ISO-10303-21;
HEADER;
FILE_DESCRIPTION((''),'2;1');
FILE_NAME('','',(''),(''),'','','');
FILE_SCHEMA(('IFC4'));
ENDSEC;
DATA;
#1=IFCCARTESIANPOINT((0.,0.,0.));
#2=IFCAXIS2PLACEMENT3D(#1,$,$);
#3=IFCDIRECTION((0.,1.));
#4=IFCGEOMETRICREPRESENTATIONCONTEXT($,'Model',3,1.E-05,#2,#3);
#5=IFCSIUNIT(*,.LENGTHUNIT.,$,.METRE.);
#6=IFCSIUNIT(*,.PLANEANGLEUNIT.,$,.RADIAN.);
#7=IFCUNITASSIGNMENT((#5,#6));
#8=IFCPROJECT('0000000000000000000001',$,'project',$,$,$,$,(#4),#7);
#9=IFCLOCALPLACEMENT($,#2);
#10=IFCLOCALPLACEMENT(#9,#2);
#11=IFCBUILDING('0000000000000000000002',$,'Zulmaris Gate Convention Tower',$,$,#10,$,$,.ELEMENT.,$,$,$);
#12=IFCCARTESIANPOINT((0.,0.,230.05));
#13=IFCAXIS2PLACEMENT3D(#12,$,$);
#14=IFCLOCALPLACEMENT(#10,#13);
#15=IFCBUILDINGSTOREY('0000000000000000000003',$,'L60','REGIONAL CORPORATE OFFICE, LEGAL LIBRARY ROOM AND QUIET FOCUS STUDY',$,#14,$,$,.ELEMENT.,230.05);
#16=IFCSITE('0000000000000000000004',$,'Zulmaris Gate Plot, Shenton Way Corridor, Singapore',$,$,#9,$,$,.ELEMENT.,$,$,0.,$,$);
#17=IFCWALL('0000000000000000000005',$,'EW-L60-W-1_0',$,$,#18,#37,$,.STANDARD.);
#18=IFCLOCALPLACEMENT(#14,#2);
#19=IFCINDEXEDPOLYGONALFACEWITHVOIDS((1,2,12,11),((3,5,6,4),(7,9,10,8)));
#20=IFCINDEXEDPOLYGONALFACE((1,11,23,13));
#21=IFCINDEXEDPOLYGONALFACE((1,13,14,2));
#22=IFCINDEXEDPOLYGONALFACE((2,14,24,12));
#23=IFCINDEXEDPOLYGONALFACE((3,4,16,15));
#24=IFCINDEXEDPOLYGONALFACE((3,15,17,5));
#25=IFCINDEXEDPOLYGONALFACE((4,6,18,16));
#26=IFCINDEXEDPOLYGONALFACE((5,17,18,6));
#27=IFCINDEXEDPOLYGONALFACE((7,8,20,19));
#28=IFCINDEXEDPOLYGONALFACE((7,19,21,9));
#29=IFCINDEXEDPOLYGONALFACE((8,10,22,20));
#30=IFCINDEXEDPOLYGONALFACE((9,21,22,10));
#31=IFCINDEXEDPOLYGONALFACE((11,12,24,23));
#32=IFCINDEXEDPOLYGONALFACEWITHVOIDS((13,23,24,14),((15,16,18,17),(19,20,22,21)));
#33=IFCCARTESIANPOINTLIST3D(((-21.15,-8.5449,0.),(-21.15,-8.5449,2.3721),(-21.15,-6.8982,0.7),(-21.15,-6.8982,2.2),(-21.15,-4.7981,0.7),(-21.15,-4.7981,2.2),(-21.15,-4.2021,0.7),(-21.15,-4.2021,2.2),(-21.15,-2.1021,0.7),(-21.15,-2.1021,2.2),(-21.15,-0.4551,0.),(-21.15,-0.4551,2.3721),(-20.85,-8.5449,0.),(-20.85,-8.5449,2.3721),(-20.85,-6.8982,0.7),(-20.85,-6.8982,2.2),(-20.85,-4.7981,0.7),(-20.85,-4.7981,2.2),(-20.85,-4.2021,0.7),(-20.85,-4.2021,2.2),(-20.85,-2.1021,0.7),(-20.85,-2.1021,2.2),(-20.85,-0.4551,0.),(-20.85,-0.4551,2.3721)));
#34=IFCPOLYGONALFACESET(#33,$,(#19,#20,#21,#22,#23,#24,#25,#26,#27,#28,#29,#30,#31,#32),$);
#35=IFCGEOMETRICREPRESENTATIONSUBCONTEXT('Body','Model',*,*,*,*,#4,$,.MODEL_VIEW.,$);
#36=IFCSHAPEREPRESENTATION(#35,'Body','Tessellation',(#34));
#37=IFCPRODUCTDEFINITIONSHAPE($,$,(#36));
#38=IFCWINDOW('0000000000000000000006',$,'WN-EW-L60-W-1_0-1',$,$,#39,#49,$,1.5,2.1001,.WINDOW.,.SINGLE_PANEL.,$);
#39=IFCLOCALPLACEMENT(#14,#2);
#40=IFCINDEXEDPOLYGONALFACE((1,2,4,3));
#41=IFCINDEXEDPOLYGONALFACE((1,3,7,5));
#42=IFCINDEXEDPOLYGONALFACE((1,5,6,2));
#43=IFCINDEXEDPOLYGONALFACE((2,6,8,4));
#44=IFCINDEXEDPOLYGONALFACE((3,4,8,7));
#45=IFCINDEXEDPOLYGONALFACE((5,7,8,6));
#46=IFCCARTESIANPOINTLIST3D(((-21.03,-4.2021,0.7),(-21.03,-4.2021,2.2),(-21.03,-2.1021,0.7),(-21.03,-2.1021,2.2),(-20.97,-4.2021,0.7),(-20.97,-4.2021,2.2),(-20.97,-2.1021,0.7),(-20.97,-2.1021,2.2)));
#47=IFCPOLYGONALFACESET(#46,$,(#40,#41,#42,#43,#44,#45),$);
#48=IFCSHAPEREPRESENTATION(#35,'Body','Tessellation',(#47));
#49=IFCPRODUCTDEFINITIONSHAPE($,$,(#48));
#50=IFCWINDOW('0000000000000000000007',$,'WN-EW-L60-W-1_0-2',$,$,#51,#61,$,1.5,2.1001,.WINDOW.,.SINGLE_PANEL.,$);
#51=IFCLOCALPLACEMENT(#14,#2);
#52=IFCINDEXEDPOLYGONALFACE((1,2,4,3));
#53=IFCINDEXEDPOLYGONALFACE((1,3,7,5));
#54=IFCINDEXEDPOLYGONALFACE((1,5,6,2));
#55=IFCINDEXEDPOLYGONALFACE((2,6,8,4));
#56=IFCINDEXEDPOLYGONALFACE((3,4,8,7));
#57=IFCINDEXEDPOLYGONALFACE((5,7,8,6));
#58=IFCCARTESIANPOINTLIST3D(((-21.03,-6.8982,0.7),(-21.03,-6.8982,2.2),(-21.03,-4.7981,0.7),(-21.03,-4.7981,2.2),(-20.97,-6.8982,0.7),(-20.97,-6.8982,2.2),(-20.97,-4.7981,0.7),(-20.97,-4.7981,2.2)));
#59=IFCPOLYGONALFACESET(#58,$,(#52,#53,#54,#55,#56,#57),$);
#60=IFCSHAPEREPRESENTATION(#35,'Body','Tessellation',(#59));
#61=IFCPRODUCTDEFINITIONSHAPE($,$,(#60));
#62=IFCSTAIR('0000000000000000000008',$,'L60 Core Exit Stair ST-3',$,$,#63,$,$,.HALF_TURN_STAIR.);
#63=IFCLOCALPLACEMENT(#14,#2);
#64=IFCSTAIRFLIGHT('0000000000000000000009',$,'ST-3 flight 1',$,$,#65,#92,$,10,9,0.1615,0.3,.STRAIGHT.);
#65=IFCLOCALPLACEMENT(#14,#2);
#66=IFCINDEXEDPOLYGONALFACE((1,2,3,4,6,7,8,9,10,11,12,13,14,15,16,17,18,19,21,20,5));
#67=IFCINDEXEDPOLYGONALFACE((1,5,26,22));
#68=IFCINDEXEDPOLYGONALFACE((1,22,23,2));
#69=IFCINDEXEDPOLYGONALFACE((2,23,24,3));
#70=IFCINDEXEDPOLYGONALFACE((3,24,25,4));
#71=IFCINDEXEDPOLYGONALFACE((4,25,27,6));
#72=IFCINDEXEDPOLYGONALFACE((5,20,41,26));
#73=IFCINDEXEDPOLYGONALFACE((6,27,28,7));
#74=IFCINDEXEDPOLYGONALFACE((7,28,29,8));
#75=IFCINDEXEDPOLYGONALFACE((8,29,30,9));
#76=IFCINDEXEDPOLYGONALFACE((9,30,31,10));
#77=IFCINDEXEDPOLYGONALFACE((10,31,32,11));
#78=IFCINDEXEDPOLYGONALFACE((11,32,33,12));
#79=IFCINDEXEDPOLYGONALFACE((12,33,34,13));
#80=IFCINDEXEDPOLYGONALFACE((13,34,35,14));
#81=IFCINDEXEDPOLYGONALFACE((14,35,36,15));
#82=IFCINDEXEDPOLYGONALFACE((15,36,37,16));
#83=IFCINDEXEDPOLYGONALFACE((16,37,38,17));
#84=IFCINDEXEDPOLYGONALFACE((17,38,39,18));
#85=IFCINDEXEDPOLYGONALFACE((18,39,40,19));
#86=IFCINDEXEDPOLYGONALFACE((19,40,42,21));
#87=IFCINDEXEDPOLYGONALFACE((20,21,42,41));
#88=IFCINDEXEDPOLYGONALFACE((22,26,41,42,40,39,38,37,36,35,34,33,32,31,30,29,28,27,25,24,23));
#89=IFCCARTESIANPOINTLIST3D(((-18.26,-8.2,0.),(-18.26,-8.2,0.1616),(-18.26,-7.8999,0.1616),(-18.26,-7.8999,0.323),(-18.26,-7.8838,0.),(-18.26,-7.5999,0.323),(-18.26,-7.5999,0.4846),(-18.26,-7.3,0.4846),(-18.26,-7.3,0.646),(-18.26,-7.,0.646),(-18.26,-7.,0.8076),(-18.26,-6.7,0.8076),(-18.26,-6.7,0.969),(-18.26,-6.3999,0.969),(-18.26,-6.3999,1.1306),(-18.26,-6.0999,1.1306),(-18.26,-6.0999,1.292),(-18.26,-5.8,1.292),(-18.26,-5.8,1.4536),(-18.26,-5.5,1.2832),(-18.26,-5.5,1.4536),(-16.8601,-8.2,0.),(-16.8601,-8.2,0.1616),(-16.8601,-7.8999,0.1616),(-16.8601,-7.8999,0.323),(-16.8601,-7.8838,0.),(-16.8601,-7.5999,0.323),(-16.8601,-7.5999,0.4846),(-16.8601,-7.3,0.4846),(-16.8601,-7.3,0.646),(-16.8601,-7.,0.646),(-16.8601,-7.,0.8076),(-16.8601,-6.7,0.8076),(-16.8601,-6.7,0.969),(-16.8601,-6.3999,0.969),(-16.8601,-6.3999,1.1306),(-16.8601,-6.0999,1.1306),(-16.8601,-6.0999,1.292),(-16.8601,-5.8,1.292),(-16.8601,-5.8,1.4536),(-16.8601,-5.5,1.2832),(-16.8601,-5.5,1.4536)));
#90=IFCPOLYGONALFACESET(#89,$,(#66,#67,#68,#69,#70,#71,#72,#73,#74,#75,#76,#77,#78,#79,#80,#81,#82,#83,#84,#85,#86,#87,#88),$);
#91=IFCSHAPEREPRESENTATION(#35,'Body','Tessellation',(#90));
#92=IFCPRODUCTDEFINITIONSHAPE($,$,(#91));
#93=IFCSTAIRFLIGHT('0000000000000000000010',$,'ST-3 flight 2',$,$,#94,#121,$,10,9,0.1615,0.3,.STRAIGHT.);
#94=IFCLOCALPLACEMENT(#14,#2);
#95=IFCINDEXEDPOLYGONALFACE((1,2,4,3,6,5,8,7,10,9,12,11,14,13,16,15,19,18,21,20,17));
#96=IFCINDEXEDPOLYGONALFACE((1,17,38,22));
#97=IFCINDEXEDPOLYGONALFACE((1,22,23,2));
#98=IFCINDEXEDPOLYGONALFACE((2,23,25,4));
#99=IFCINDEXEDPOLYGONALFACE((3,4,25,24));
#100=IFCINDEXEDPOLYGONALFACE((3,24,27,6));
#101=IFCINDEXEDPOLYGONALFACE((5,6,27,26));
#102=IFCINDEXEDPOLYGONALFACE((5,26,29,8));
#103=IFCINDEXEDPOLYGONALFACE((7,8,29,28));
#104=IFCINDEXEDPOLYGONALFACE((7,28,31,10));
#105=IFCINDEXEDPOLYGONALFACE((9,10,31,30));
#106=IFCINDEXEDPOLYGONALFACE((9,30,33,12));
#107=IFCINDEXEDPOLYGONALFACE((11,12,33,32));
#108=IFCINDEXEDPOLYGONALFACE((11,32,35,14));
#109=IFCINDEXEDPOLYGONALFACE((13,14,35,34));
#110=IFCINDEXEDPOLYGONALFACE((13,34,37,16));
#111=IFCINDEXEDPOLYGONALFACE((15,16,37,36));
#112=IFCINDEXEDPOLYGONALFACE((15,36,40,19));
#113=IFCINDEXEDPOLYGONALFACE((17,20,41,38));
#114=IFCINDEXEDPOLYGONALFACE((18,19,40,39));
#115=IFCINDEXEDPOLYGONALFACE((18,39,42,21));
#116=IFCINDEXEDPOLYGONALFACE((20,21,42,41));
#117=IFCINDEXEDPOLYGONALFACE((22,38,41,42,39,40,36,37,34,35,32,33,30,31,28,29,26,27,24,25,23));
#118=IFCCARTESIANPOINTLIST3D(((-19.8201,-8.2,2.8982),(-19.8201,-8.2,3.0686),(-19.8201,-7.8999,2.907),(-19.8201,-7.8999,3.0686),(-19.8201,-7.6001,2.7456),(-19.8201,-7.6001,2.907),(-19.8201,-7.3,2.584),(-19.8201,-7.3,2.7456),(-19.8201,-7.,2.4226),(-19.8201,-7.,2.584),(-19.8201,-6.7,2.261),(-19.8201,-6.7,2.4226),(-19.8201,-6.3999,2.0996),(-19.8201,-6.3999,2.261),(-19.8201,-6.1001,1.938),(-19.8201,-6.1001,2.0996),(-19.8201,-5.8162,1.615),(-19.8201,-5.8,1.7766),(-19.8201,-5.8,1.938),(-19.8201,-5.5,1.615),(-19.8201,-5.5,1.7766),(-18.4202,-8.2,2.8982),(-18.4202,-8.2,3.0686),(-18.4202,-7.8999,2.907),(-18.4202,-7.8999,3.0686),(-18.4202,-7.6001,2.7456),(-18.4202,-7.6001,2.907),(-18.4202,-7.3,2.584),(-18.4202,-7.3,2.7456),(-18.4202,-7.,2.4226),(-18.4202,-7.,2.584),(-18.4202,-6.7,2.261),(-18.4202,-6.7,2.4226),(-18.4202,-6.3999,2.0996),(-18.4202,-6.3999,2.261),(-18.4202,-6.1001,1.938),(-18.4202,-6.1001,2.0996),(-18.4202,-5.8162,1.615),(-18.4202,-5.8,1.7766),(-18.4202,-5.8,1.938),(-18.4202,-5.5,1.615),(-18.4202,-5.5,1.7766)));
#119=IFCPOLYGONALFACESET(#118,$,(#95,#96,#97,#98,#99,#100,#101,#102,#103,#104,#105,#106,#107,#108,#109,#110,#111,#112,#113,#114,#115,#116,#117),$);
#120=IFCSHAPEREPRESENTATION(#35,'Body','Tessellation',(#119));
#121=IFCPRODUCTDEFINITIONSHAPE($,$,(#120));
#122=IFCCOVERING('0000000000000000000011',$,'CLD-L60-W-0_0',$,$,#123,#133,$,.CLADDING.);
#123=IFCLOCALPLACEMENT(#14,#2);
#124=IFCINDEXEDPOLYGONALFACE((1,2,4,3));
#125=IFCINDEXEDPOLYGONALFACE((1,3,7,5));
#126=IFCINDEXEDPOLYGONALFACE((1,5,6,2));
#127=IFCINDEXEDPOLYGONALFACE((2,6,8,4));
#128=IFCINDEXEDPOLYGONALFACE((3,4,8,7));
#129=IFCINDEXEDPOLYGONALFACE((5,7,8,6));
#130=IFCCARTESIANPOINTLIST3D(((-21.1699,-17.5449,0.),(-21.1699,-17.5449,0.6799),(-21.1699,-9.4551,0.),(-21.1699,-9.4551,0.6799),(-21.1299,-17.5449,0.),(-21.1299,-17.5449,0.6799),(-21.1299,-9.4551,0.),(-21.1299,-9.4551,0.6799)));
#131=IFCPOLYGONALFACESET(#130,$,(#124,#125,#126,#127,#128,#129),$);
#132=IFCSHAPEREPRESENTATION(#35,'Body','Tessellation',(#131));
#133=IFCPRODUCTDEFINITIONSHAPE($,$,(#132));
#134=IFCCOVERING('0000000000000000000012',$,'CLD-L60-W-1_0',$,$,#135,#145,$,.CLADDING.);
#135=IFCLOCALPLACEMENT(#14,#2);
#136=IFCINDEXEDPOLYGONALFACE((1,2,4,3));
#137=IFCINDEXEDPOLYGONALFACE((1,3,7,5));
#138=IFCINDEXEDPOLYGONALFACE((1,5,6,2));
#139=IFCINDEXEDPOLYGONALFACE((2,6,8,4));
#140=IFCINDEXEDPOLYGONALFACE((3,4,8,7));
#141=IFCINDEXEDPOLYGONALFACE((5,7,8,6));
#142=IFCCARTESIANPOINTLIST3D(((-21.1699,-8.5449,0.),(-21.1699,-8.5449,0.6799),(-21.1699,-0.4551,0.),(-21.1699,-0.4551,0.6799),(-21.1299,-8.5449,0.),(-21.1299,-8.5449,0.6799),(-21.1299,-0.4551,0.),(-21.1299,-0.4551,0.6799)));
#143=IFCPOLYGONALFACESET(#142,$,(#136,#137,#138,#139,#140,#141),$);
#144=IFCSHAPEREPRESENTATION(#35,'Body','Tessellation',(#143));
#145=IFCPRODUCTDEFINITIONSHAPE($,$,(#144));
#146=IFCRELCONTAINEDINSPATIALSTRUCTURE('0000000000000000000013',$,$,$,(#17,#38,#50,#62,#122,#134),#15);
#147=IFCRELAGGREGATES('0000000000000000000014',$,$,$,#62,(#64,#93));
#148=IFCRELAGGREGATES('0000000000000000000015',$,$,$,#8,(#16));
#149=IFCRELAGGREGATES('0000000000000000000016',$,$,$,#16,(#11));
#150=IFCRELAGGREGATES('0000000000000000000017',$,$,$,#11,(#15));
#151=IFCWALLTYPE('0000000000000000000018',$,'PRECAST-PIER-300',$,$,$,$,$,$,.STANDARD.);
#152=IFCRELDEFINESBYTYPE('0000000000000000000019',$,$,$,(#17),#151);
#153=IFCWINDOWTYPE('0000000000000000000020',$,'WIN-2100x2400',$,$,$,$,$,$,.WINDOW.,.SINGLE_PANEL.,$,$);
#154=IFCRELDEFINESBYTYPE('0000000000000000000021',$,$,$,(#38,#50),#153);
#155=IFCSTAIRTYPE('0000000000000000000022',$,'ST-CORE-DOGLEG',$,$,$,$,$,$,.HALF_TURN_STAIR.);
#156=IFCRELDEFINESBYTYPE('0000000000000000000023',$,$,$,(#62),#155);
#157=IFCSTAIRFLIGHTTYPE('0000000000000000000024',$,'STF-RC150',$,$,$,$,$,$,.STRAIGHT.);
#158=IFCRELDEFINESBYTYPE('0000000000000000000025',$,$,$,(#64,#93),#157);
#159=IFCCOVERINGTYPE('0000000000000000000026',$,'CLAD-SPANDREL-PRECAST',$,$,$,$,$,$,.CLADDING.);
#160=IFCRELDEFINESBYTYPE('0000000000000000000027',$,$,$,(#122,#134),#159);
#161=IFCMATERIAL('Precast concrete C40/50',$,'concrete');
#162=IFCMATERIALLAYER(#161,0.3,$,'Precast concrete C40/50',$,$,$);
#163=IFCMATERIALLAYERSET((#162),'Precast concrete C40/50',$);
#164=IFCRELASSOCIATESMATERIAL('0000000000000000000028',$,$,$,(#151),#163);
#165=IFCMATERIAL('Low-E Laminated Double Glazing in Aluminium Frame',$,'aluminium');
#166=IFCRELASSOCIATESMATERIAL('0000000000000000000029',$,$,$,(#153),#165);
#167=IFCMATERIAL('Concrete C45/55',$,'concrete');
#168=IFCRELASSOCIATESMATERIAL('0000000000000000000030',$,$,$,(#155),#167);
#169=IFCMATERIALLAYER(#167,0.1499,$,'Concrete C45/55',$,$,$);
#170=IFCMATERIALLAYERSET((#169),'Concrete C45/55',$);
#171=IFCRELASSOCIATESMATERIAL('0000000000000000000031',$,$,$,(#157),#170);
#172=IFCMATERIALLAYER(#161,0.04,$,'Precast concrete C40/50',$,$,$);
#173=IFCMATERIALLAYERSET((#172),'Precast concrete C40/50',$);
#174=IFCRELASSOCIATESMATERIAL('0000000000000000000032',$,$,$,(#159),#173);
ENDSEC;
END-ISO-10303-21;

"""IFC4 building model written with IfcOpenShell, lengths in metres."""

from ifc_helpers import new_model, si_unit, direction, frame, frame_2d, origin, place, context, subcontext, project, spatial, polyline, rectangle, outline, extrude, material, layer, layer_set, type_object, element, fill, aggregate, save


model = new_model("IFC4")

# Units and contexts
model_context = context("Model", 3, precision=1e-05, world=origin(), true_north=direction((0.0, 1.0)))
body_context = subcontext(model_context, "Body", "Model", "MODEL_VIEW")
ifc_project = project(units=[si_unit("LENGTHUNIT", "METRE"), si_unit("PLANEANGLEUNIT", "RADIAN")], contexts=[model_context])

# Site, building, storey
site_placement = place(None, origin())
site = spatial("IfcSite", under=ifc_project, at=site_placement, Name="Zulmaris Gate Plot, Shenton Way Corridor, Singapore", CompositionType="ELEMENT", RefElevation=0.0)
building_placement = place(site_placement, origin())
building = spatial("IfcBuilding", under=site, at=building_placement, Name="Zulmaris Gate Convention Tower", CompositionType="ELEMENT")
storey_placement = place(building_placement, frame((0.0, 0.0, 230.05)))
storey = spatial("IfcBuildingStorey", under=building, at=storey_placement, Name="L60", Description="REGIONAL CORPORATE OFFICE, LEGAL LIBRARY ROOM AND QUIET FOCUS STUDY", CompositionType="ELEMENT", Elevation=230.05)

# Shared definitions
ifc_material_1 = material(Name="Precast concrete C40/50", Category="concrete")
ifc_layer_1 = layer(ifc_material_1, 0.3, Name="Precast concrete C40/50")
ifc_layer_set_1 = layer_set([ifc_layer_1], Name="Precast concrete C40/50")
wall_type_1 = type_object("IfcWallType", Name="PRECAST-PIER-300", PredefinedType="STANDARD", material=ifc_layer_set_1)

# Wall, openings, windows
wall_1_placement = place(storey_placement, frame((-21.0, -0.4551, 0.0), z_axis=(0.0, 0.0, 1.0), x_axis=(0.0, -1.0, 0.0)))
wall_1 = element("IfcWall", 1, at=wall_1_placement, inside=storey, type_object=wall_type_1, Name="EW-L60-W-1_0", PredefinedType="STANDARD", context=body_context, shape_type="SweptSolid", body=[
    extrude(rectangle(XDim=8.0898, YDim=0.3, at=frame_2d((4.0449, 0.0))), origin(), (0.0, 0.0, 1.0), 2.3721),
])
opening_1_placement = place(wall_1_placement, frame((1.647, 0.0, 0.7)))
opening_1 = element("IfcOpeningElement", 2, at=opening_1_placement, cuts=wall_1, PredefinedType="OPENING", context=body_context, shape_type="SweptSolid", body=[
    extrude(rectangle(XDim=2.1001, YDim=1.5, at=frame_2d((1.05, 0.75))), frame((0.0, 0.1602, 0.0), z_axis=(0.0, -1.0, 0.0), x_axis=(1.0, 0.0, 0.0)), (0.0, 0.0, 1.0), 0.3201),
])
opening_2_placement = place(wall_1_placement, frame((4.343, 0.0, 0.7)))
opening_2 = element("IfcOpeningElement", 3, at=opening_2_placement, cuts=wall_1, PredefinedType="OPENING", context=body_context, shape_type="SweptSolid", body=[
    extrude(rectangle(XDim=2.1001, YDim=1.5, at=frame_2d((1.05, 0.75))), frame((0.0, 0.1602, 0.0), z_axis=(0.0, -1.0, 0.0), x_axis=(1.0, 0.0, 0.0)), (0.0, 0.0, 1.0), 0.3201),
])
ifc_material_2 = material(Name="Low-E Laminated Double Glazing in Aluminium Frame", Category="aluminium")
window_type = type_object("IfcWindowType", Name="WIN-2100x2400", PartitioningType="SINGLE_PANEL", PredefinedType="WINDOW", material=ifc_material_2)
window_1_placement = place(opening_1_placement, origin())
window_1 = element("IfcWindow", 4, at=window_1_placement, inside=storey, type_object=window_type, Name="WN-EW-L60-W-1_0-1", OverallHeight=1.5, OverallWidth=2.1001, PartitioningType="SINGLE_PANEL", PredefinedType="WINDOW", context=body_context, shape_type="SweptSolid", body=[
    extrude(rectangle(XDim=2.1001, YDim=1.5, at=frame_2d((1.05, 0.75))), frame((0.0, 0.03, 0.0), z_axis=(0.0, -1.0, 0.0), x_axis=(1.0, 0.0, 0.0)), (0.0, 0.0, 1.0), 0.0601),
])
fill(opening_1, window_1)
window_2_placement = place(opening_2_placement, origin())
window_2 = element("IfcWindow", 5, at=window_2_placement, inside=storey, type_object=window_type, Name="WN-EW-L60-W-1_0-2", OverallHeight=1.5, OverallWidth=2.1001, PartitioningType="SINGLE_PANEL", PredefinedType="WINDOW", context=body_context, shape_type="SweptSolid", body=[
    extrude(rectangle(XDim=2.1001, YDim=1.5, at=frame_2d((1.05, 0.75))), frame((0.0, 0.03, 0.0), z_axis=(0.0, -1.0, 0.0), x_axis=(1.0, 0.0, 0.0)), (0.0, 0.0, 1.0), 0.0601),
])
fill(opening_2, window_2)

# Stair, stair flights
ifc_material_3 = material(Name="Concrete C45/55", Category="concrete")
stair_type = type_object("IfcStairType", Name="ST-CORE-DOGLEG", PredefinedType="HALF_TURN_STAIR", material=ifc_material_3)
stair_placement = place(storey_placement, origin())
stair = element("IfcStair", 6, at=stair_placement, inside=storey, type_object=stair_type, Name="L60 Core Exit Stair ST-3", PredefinedType="HALF_TURN_STAIR")
ifc_layer_2 = layer(ifc_material_3, 0.1499, Name="Concrete C45/55")
ifc_layer_set_2 = layer_set([ifc_layer_2], Name="Concrete C45/55")
stair_flight_type = type_object("IfcStairFlightType", Name="STF-RC150", PredefinedType="STRAIGHT", material=ifc_layer_set_2)
stair_flight_1_placement = place(storey_placement, frame((-17.5601, -8.2, 0.0), z_axis=(0.0, 0.0, 1.0), x_axis=(0.0, 1.0, 0.0)))
stair_flight_1 = element("IfcStairFlight", 7, at=stair_flight_1_placement, type_object=stair_flight_type, Name="ST-3 flight 1", NumberOfRisers=10, NumberOfTreads=9, PredefinedType="STRAIGHT", RiserHeight=0.1615, TreadLength=0.3, context=body_context, shape_type="SweptSolid", body=[
    extrude(outline(polyline([(0.0, 0.0), (0.0, 0.1616), (0.3, 0.1616), (0.3, 0.323), (0.6001, 0.323), (0.6001, 0.4846), (0.8999, 0.4846), (0.8999, 0.646), (1.2, 0.646), (1.2, 0.8076), (1.5, 0.8076), (1.5, 0.969), (1.8, 0.969), (1.8, 1.1306), (2.1001, 1.1306), (2.1001, 1.292), (2.3999, 1.292), (2.3999, 1.4536), (2.7, 1.4536), (2.7, 1.615), (2.7, 1.2832), (0.3162, 0.0), (0.0, 0.0)])), frame((0.0, 0.7, 0.0), z_axis=(0.0, -1.0, 0.0), x_axis=(1.0, 0.0, 0.0)), (0.0, 0.0, 1.0), 1.3999),
])
stair_flight_2_placement = place(storey_placement, frame((-19.1201, -5.5, 1.615), z_axis=(0.0, 0.0, 1.0), x_axis=(0.0, -1.0, 0.0)))
stair_flight_2 = element("IfcStairFlight", 8, at=stair_flight_2_placement, type_object=stair_flight_type, Name="ST-3 flight 2", NumberOfRisers=10, NumberOfTreads=9, PredefinedType="STRAIGHT", RiserHeight=0.1615, TreadLength=0.3, context=body_context, shape_type="SweptSolid", body=[
    extrude(outline(polyline([(0.0, 0.0), (0.0, 0.1616), (0.3, 0.1616), (0.3, 0.323), (0.6001, 0.323), (0.6001, 0.4846), (0.8999, 0.4846), (0.8999, 0.646), (1.2, 0.646), (1.2, 0.8076), (1.5, 0.8076), (1.5, 0.969), (1.8, 0.969), (1.8, 1.1306), (2.1001, 1.1306), (2.1001, 1.292), (2.3999, 1.292), (2.3999, 1.4536), (2.7, 1.4536), (2.7, 1.615), (2.7, 1.2832), (0.3162, 0.0), (0.0, 0.0)])), frame((0.0, 0.7, 0.0), z_axis=(0.0, -1.0, 0.0), x_axis=(1.0, 0.0, 0.0)), (0.0, 0.0, 1.0), 1.3999),
])
aggregate(stair, [stair_flight_1, stair_flight_2])

# Coverings
ifc_layer_3 = layer(ifc_material_1, 0.04, Name="Precast concrete C40/50")
ifc_layer_set_3 = layer_set([ifc_layer_3], Name="Precast concrete C40/50")
covering_type = type_object("IfcCoveringType", Name="CLAD-SPANDREL-PRECAST", PredefinedType="CLADDING", material=ifc_layer_set_3)
for number, where, z_axis, x_axis, name in (
    (9, (-21.1499, -9.4551, 0.0), (0.0, 0.0, 1.0), (0.0, -1.0, 0.0), "CLD-L60-W-0_0"),
    (10, (-21.1499, -0.4551, 0.0), (0.0, 0.0, 1.0), (0.0, -1.0, 0.0), "CLD-L60-W-1_0"),
):
    element("IfcCovering", number, at=place(storey_placement, frame(where, z_axis=z_axis, x_axis=x_axis)), inside=storey, type_object=covering_type, Name=name, PredefinedType="CLADDING", context=body_context, shape_type="SweptSolid", body=[
        extrude(rectangle(XDim=8.0898, YDim=0.04, at=frame_2d((4.0449, 0.0))), origin(), (0.0, 0.0, 1.0), 0.6799),
    ])

save(model, "model.ifc")
